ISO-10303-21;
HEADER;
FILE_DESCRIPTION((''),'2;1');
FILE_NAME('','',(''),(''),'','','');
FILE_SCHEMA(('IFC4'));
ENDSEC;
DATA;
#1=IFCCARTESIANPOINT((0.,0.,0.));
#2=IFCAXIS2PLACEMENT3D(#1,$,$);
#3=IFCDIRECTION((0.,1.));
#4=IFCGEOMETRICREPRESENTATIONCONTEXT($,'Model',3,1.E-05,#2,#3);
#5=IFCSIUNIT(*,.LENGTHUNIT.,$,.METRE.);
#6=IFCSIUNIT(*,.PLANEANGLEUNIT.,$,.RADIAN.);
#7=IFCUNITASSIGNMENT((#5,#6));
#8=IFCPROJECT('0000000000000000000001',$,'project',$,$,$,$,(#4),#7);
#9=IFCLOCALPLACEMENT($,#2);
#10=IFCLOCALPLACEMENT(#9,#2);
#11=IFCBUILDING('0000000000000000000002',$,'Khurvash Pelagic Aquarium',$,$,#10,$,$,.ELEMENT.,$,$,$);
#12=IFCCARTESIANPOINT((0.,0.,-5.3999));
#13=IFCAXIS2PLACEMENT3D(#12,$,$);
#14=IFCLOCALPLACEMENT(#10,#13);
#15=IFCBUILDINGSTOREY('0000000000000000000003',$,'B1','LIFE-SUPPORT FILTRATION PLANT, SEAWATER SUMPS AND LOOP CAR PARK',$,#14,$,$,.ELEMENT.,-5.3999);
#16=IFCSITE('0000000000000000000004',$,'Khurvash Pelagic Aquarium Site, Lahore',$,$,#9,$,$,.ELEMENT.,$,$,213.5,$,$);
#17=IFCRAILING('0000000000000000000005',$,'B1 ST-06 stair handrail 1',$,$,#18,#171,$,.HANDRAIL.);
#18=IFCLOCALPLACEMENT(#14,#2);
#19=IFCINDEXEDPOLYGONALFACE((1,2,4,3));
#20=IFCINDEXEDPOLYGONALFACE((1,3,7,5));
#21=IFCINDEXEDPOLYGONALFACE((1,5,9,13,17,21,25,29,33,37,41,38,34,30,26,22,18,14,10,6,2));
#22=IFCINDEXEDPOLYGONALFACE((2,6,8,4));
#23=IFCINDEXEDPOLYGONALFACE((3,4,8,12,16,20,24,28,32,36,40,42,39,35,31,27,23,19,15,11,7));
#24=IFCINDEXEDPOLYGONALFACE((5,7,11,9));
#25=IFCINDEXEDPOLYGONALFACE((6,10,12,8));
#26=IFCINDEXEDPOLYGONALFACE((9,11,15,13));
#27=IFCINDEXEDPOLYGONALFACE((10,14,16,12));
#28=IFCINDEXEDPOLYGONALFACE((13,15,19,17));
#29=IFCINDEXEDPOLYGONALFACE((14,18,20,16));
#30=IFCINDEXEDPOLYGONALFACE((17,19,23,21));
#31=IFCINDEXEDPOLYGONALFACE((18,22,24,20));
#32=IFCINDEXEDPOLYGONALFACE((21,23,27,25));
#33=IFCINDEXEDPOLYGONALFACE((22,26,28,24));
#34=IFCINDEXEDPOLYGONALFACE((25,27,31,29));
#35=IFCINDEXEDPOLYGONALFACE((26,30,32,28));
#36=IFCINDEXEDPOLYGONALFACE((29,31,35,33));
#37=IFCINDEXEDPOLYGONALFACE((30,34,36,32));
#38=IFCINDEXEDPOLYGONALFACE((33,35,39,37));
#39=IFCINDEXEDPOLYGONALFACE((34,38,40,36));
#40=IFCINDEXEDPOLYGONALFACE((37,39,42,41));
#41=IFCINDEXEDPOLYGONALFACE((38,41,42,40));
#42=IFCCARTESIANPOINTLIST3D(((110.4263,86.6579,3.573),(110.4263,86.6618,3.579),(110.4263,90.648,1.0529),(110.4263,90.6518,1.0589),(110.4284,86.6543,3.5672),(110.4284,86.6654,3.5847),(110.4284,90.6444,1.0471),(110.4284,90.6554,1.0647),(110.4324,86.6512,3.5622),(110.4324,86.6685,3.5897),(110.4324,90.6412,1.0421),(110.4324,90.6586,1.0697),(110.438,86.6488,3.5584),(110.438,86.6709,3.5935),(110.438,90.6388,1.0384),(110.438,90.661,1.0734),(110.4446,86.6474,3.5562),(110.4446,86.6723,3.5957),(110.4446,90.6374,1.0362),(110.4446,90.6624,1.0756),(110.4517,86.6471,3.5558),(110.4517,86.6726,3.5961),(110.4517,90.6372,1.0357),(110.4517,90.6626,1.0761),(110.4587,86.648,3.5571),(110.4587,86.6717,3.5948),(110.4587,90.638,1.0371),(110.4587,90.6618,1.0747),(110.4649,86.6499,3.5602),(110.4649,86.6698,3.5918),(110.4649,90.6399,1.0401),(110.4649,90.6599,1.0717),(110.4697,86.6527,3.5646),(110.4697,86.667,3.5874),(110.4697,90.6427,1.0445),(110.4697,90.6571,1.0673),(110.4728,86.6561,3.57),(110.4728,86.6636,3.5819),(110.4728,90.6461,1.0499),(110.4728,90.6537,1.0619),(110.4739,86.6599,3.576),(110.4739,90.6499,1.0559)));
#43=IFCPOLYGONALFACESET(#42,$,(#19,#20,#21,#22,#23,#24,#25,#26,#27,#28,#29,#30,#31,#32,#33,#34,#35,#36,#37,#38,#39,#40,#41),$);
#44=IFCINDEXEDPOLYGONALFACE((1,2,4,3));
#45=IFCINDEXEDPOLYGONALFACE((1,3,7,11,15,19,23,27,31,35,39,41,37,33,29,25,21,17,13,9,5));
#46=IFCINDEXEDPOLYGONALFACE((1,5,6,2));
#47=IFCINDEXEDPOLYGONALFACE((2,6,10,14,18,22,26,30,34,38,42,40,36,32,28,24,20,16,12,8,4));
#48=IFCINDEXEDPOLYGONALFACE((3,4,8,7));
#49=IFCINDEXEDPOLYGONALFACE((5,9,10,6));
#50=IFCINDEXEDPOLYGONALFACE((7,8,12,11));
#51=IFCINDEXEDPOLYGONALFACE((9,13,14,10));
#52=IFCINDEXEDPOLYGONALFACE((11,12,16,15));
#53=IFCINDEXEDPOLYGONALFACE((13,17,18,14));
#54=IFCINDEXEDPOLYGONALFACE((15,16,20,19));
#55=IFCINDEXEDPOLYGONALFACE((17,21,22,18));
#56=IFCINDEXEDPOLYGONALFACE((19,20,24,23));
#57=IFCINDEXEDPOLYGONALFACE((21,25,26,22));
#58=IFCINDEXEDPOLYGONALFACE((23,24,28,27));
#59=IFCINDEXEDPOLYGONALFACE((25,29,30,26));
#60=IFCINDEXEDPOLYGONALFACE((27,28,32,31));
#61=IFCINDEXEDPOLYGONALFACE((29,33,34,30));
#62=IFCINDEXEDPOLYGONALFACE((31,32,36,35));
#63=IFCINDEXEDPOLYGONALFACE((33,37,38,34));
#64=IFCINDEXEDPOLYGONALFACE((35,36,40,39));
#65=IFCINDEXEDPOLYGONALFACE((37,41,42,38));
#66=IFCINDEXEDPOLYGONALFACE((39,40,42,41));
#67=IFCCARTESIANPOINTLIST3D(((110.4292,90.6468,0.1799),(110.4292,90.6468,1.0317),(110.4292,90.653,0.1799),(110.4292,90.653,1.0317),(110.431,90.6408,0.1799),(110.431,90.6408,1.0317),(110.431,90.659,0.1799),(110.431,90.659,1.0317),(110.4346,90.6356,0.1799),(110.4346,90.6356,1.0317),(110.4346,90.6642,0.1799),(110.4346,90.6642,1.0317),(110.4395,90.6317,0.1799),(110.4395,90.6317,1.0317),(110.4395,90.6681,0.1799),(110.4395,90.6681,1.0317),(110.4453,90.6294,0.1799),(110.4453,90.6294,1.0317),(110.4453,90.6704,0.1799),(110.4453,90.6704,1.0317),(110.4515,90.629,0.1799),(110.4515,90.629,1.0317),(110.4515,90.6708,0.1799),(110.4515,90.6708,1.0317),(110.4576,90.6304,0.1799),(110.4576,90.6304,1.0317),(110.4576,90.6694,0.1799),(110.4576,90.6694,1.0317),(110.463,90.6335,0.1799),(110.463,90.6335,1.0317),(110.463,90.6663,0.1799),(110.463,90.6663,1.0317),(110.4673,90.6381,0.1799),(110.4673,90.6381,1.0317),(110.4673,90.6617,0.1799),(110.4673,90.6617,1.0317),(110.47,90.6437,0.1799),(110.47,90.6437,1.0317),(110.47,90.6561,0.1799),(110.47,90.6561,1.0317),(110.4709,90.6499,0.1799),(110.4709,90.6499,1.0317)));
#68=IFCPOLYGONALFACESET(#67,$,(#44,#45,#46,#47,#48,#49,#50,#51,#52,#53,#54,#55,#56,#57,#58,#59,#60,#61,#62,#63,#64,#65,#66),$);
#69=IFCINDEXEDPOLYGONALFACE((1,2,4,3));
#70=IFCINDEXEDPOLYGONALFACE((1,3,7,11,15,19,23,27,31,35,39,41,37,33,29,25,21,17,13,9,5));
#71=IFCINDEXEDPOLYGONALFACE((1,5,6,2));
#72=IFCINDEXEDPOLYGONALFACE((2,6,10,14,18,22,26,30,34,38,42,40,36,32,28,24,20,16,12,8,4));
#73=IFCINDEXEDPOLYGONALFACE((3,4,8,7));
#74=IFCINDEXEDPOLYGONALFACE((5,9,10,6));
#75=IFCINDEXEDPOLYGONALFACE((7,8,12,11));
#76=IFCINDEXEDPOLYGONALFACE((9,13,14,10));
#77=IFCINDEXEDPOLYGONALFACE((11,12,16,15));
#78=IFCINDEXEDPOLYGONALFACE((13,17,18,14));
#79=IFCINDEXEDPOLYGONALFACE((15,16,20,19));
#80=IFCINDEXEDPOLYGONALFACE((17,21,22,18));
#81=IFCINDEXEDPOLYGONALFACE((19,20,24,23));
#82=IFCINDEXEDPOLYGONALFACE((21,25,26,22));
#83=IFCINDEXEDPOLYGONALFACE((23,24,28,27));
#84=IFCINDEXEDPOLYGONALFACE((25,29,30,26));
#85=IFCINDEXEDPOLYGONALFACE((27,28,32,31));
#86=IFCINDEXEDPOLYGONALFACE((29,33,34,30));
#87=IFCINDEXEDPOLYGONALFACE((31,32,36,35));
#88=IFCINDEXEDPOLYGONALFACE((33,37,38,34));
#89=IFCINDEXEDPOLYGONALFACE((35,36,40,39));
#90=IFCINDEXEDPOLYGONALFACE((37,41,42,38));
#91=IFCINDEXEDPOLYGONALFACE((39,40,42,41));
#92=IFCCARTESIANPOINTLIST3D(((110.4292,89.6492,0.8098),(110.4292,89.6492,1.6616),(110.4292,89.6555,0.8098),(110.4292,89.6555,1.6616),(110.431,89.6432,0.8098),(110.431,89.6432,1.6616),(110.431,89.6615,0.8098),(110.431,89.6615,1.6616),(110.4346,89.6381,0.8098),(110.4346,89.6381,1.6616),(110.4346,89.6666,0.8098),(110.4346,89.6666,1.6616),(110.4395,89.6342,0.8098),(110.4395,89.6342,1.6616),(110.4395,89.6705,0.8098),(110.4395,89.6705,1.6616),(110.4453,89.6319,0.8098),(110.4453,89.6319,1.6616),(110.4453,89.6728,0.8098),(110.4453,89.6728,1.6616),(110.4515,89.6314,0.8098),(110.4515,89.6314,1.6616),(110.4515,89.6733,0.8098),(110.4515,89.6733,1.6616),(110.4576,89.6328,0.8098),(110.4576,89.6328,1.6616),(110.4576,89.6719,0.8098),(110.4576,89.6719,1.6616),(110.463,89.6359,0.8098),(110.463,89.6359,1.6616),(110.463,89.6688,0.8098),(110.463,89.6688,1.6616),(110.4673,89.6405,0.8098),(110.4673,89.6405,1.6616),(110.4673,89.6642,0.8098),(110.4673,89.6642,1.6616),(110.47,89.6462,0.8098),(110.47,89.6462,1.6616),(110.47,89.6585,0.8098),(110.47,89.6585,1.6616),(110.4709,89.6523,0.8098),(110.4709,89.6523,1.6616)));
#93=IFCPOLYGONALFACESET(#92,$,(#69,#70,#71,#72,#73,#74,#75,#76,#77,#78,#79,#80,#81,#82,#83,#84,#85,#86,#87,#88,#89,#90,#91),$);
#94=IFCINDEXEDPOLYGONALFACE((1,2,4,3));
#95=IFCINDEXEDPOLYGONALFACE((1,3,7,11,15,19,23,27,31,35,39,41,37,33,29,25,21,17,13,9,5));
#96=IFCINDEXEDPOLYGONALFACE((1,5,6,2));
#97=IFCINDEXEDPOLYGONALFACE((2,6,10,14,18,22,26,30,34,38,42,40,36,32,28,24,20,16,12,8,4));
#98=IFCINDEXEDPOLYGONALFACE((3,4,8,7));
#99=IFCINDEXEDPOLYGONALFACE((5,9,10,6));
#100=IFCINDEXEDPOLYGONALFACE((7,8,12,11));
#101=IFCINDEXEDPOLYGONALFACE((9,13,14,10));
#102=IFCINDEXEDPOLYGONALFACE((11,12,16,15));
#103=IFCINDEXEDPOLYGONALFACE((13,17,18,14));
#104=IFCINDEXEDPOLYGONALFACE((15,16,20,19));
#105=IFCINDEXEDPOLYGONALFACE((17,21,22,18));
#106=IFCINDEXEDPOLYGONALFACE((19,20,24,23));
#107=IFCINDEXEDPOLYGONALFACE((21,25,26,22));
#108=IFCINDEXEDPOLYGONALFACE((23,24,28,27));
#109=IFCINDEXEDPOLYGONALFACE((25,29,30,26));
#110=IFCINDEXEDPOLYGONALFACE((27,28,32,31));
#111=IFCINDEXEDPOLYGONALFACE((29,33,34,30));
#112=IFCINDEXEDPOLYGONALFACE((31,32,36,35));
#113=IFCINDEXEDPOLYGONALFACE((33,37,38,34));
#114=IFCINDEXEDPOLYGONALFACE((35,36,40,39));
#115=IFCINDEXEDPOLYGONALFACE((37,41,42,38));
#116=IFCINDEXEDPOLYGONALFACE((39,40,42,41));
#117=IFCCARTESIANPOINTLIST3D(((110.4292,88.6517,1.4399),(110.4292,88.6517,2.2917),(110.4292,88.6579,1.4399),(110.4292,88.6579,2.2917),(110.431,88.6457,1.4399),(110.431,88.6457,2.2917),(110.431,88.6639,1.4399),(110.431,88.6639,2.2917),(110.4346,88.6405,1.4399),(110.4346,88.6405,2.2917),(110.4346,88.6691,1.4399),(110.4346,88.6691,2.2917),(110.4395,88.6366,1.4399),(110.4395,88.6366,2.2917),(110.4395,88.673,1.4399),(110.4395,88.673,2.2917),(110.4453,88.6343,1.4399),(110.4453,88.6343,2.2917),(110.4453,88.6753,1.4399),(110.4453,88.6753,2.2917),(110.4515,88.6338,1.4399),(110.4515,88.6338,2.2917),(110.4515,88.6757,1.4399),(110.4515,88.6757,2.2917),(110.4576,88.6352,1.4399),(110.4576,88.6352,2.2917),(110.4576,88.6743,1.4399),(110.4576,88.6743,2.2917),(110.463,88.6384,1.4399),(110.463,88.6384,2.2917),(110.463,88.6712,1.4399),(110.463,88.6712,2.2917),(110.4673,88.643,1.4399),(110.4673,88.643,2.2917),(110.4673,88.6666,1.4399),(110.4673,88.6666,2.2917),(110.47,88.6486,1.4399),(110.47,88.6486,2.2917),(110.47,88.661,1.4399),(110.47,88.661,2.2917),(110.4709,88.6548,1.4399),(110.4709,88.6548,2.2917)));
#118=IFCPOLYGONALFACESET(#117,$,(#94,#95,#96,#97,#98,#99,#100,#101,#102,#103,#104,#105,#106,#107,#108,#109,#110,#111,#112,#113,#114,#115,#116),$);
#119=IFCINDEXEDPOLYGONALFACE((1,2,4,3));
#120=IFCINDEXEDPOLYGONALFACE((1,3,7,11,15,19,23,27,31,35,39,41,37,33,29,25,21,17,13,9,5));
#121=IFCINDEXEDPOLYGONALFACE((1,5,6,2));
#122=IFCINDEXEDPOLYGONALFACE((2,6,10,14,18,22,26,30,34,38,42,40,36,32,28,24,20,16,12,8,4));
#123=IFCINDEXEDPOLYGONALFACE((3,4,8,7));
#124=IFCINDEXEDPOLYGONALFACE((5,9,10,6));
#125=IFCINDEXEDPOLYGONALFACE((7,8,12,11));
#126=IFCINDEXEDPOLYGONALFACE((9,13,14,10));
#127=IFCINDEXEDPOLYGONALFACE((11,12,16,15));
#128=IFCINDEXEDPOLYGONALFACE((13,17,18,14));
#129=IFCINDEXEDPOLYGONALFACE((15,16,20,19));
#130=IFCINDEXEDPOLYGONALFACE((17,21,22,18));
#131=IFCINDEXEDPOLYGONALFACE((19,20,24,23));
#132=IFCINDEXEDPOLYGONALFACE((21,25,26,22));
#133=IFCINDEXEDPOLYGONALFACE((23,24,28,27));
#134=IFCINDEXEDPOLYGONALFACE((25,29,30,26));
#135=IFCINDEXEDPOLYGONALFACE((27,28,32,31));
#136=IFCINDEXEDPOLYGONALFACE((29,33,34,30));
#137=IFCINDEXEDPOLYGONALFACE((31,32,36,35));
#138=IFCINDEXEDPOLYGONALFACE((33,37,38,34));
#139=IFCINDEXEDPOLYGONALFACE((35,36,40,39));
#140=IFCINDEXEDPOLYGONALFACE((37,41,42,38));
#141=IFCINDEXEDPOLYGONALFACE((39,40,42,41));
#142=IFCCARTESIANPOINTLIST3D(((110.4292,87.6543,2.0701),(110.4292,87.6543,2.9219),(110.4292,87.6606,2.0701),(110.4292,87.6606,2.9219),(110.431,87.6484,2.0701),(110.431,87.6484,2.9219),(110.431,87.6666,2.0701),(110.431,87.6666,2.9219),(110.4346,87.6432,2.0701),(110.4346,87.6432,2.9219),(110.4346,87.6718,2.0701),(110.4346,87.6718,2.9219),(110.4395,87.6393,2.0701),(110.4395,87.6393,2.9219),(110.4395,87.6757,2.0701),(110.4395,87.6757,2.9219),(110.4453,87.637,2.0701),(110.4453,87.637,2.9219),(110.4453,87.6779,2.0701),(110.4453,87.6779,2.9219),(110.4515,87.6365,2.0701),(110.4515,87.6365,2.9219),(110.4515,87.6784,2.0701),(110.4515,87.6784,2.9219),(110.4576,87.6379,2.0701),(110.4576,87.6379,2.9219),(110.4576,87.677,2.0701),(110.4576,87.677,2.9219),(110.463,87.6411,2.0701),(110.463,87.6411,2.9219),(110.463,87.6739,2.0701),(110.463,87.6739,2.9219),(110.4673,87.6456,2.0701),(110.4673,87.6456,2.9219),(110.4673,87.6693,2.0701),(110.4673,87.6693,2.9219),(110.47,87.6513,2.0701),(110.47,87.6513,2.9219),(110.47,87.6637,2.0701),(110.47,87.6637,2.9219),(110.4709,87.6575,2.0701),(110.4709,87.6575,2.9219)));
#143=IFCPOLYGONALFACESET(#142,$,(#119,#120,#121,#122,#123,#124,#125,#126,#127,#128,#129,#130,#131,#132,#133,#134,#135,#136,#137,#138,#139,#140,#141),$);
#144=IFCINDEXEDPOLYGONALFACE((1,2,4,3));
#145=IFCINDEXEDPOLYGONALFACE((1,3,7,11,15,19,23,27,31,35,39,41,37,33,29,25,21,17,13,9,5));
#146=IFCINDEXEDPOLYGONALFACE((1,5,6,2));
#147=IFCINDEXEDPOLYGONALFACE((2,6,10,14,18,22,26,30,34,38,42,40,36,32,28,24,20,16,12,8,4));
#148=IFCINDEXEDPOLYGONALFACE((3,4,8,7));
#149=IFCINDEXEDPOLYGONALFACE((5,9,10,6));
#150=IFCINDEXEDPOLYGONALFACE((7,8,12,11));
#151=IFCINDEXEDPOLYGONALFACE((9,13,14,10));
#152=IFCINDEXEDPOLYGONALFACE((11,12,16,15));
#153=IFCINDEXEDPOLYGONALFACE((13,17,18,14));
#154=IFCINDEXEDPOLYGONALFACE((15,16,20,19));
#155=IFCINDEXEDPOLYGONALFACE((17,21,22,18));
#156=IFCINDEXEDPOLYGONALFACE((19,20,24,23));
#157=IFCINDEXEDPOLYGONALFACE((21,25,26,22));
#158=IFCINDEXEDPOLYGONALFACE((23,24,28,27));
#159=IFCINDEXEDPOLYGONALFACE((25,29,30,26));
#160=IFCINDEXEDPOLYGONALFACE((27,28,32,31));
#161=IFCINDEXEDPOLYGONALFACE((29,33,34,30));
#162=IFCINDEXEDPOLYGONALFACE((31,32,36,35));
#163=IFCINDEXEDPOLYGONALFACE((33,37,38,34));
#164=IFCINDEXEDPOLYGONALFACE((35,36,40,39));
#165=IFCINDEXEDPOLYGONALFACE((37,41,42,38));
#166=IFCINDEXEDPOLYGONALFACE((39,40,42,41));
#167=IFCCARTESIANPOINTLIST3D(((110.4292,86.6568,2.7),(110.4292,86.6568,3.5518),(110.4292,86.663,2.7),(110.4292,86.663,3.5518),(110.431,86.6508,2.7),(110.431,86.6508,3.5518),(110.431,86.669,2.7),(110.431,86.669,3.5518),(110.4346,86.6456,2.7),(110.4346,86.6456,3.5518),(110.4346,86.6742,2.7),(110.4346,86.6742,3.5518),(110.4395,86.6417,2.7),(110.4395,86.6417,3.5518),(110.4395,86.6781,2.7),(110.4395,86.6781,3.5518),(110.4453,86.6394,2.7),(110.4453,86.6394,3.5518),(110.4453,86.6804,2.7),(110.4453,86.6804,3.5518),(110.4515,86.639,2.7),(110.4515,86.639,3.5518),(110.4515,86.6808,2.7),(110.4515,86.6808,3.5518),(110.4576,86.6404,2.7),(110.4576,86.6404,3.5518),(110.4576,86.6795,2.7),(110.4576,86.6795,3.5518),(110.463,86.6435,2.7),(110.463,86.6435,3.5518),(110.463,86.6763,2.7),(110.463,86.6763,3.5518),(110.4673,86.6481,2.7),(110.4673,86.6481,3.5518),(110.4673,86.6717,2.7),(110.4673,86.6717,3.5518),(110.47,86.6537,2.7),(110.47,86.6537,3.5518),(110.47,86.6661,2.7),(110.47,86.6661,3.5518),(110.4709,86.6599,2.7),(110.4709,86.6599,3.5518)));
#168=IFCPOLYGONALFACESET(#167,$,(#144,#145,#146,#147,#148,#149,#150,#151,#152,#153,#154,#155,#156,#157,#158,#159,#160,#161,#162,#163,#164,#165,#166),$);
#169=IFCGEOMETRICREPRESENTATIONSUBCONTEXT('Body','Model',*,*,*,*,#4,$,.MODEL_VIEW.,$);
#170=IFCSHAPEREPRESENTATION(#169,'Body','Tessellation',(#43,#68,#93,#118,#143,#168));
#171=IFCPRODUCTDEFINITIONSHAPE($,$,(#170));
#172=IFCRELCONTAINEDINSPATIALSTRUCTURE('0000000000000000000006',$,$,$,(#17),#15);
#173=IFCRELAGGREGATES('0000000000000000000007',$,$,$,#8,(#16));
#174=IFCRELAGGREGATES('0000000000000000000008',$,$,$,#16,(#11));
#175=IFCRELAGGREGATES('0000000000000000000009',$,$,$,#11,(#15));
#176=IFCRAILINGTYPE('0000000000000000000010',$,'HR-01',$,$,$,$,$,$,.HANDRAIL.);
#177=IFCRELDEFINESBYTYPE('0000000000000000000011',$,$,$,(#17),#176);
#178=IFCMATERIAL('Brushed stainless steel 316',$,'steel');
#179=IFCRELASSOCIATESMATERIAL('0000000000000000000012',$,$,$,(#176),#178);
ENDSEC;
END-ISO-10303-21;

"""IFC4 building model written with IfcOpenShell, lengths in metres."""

from ifc_helpers import new_model, si_unit, direction, frame, origin, origin_2d, place, context, subcontext, project, spatial, circle, extrude, material, type_object, element, save


model = new_model("IFC4")

# Units and contexts
model_context = context("Model", 3, precision=1e-05, world=origin(), true_north=direction((0.0, 1.0)))
body_context = subcontext(model_context, "Body", "Model", "MODEL_VIEW")
ifc_project = project(units=[si_unit("LENGTHUNIT", "METRE"), si_unit("PLANEANGLEUNIT", "RADIAN")], contexts=[model_context])

# Site, building, storey
site_placement = place(None, origin())
site = spatial("IfcSite", under=ifc_project, at=site_placement, Name="Khurvash Pelagic Aquarium Site, Lahore", CompositionType="ELEMENT", RefElevation=213.5)
building_placement = place(site_placement, origin())
building = spatial("IfcBuilding", under=site, at=building_placement, Name="Khurvash Pelagic Aquarium", CompositionType="ELEMENT")
storey_placement = place(building_placement, frame((0.0, 0.0, -5.3999)))
storey = spatial("IfcBuildingStorey", under=building, at=storey_placement, Name="B1", Description="LIFE-SUPPORT FILTRATION PLANT, SEAWATER SUMPS AND LOOP CAR PARK", CompositionType="ELEMENT", Elevation=-5.3999)

# Railing
ifc_material_1 = material(Name="Brushed stainless steel 316", Category="steel")
railing_type_1 = type_object("IfcRailingType", Name="HR-01", PredefinedType="HANDRAIL", material=ifc_material_1)
railing_1_placement = place(storey_placement, frame((110.45, 90.6499, 0.1799)))
element("IfcRailing", 1, at=railing_1_placement, inside=storey, type_object=railing_type_1, Name="B1 ST-06 stair handrail 1", PredefinedType="HANDRAIL", context=body_context, shape_type="SweptSolid", body=[
    extrude(circle(Radius=0.0239, at=origin_2d()), frame((0.0, 0.0, 0.876), z_axis=(0.0, -0.845486, 0.533997), x_axis=(1.0, 0.0, 0.0)), (0.0, 0.0, 1.0), 4.7192),
    extrude(circle(Radius=0.021, at=origin_2d()), origin(), (0.0, 0.0, 1.0), 0.8518),
    extrude(circle(Radius=0.021, at=origin_2d()), frame((0.0, -0.9976, 0.6299)), (0.0, 0.0, 1.0), 0.8518),
    extrude(circle(Radius=0.021, at=origin_2d()), frame((0.0, -1.9951, 1.26)), (0.0, 0.0, 1.0), 0.8518),
    extrude(circle(Radius=0.021, at=origin_2d()), frame((0.0, -2.9924, 1.8901)), (0.0, 0.0, 1.0), 0.8518),
    extrude(circle(Radius=0.021, at=origin_2d()), frame((0.0, -3.99, 2.52)), (0.0, 0.0, 1.0), 0.8518),
])

save(model, "model.ifc")
